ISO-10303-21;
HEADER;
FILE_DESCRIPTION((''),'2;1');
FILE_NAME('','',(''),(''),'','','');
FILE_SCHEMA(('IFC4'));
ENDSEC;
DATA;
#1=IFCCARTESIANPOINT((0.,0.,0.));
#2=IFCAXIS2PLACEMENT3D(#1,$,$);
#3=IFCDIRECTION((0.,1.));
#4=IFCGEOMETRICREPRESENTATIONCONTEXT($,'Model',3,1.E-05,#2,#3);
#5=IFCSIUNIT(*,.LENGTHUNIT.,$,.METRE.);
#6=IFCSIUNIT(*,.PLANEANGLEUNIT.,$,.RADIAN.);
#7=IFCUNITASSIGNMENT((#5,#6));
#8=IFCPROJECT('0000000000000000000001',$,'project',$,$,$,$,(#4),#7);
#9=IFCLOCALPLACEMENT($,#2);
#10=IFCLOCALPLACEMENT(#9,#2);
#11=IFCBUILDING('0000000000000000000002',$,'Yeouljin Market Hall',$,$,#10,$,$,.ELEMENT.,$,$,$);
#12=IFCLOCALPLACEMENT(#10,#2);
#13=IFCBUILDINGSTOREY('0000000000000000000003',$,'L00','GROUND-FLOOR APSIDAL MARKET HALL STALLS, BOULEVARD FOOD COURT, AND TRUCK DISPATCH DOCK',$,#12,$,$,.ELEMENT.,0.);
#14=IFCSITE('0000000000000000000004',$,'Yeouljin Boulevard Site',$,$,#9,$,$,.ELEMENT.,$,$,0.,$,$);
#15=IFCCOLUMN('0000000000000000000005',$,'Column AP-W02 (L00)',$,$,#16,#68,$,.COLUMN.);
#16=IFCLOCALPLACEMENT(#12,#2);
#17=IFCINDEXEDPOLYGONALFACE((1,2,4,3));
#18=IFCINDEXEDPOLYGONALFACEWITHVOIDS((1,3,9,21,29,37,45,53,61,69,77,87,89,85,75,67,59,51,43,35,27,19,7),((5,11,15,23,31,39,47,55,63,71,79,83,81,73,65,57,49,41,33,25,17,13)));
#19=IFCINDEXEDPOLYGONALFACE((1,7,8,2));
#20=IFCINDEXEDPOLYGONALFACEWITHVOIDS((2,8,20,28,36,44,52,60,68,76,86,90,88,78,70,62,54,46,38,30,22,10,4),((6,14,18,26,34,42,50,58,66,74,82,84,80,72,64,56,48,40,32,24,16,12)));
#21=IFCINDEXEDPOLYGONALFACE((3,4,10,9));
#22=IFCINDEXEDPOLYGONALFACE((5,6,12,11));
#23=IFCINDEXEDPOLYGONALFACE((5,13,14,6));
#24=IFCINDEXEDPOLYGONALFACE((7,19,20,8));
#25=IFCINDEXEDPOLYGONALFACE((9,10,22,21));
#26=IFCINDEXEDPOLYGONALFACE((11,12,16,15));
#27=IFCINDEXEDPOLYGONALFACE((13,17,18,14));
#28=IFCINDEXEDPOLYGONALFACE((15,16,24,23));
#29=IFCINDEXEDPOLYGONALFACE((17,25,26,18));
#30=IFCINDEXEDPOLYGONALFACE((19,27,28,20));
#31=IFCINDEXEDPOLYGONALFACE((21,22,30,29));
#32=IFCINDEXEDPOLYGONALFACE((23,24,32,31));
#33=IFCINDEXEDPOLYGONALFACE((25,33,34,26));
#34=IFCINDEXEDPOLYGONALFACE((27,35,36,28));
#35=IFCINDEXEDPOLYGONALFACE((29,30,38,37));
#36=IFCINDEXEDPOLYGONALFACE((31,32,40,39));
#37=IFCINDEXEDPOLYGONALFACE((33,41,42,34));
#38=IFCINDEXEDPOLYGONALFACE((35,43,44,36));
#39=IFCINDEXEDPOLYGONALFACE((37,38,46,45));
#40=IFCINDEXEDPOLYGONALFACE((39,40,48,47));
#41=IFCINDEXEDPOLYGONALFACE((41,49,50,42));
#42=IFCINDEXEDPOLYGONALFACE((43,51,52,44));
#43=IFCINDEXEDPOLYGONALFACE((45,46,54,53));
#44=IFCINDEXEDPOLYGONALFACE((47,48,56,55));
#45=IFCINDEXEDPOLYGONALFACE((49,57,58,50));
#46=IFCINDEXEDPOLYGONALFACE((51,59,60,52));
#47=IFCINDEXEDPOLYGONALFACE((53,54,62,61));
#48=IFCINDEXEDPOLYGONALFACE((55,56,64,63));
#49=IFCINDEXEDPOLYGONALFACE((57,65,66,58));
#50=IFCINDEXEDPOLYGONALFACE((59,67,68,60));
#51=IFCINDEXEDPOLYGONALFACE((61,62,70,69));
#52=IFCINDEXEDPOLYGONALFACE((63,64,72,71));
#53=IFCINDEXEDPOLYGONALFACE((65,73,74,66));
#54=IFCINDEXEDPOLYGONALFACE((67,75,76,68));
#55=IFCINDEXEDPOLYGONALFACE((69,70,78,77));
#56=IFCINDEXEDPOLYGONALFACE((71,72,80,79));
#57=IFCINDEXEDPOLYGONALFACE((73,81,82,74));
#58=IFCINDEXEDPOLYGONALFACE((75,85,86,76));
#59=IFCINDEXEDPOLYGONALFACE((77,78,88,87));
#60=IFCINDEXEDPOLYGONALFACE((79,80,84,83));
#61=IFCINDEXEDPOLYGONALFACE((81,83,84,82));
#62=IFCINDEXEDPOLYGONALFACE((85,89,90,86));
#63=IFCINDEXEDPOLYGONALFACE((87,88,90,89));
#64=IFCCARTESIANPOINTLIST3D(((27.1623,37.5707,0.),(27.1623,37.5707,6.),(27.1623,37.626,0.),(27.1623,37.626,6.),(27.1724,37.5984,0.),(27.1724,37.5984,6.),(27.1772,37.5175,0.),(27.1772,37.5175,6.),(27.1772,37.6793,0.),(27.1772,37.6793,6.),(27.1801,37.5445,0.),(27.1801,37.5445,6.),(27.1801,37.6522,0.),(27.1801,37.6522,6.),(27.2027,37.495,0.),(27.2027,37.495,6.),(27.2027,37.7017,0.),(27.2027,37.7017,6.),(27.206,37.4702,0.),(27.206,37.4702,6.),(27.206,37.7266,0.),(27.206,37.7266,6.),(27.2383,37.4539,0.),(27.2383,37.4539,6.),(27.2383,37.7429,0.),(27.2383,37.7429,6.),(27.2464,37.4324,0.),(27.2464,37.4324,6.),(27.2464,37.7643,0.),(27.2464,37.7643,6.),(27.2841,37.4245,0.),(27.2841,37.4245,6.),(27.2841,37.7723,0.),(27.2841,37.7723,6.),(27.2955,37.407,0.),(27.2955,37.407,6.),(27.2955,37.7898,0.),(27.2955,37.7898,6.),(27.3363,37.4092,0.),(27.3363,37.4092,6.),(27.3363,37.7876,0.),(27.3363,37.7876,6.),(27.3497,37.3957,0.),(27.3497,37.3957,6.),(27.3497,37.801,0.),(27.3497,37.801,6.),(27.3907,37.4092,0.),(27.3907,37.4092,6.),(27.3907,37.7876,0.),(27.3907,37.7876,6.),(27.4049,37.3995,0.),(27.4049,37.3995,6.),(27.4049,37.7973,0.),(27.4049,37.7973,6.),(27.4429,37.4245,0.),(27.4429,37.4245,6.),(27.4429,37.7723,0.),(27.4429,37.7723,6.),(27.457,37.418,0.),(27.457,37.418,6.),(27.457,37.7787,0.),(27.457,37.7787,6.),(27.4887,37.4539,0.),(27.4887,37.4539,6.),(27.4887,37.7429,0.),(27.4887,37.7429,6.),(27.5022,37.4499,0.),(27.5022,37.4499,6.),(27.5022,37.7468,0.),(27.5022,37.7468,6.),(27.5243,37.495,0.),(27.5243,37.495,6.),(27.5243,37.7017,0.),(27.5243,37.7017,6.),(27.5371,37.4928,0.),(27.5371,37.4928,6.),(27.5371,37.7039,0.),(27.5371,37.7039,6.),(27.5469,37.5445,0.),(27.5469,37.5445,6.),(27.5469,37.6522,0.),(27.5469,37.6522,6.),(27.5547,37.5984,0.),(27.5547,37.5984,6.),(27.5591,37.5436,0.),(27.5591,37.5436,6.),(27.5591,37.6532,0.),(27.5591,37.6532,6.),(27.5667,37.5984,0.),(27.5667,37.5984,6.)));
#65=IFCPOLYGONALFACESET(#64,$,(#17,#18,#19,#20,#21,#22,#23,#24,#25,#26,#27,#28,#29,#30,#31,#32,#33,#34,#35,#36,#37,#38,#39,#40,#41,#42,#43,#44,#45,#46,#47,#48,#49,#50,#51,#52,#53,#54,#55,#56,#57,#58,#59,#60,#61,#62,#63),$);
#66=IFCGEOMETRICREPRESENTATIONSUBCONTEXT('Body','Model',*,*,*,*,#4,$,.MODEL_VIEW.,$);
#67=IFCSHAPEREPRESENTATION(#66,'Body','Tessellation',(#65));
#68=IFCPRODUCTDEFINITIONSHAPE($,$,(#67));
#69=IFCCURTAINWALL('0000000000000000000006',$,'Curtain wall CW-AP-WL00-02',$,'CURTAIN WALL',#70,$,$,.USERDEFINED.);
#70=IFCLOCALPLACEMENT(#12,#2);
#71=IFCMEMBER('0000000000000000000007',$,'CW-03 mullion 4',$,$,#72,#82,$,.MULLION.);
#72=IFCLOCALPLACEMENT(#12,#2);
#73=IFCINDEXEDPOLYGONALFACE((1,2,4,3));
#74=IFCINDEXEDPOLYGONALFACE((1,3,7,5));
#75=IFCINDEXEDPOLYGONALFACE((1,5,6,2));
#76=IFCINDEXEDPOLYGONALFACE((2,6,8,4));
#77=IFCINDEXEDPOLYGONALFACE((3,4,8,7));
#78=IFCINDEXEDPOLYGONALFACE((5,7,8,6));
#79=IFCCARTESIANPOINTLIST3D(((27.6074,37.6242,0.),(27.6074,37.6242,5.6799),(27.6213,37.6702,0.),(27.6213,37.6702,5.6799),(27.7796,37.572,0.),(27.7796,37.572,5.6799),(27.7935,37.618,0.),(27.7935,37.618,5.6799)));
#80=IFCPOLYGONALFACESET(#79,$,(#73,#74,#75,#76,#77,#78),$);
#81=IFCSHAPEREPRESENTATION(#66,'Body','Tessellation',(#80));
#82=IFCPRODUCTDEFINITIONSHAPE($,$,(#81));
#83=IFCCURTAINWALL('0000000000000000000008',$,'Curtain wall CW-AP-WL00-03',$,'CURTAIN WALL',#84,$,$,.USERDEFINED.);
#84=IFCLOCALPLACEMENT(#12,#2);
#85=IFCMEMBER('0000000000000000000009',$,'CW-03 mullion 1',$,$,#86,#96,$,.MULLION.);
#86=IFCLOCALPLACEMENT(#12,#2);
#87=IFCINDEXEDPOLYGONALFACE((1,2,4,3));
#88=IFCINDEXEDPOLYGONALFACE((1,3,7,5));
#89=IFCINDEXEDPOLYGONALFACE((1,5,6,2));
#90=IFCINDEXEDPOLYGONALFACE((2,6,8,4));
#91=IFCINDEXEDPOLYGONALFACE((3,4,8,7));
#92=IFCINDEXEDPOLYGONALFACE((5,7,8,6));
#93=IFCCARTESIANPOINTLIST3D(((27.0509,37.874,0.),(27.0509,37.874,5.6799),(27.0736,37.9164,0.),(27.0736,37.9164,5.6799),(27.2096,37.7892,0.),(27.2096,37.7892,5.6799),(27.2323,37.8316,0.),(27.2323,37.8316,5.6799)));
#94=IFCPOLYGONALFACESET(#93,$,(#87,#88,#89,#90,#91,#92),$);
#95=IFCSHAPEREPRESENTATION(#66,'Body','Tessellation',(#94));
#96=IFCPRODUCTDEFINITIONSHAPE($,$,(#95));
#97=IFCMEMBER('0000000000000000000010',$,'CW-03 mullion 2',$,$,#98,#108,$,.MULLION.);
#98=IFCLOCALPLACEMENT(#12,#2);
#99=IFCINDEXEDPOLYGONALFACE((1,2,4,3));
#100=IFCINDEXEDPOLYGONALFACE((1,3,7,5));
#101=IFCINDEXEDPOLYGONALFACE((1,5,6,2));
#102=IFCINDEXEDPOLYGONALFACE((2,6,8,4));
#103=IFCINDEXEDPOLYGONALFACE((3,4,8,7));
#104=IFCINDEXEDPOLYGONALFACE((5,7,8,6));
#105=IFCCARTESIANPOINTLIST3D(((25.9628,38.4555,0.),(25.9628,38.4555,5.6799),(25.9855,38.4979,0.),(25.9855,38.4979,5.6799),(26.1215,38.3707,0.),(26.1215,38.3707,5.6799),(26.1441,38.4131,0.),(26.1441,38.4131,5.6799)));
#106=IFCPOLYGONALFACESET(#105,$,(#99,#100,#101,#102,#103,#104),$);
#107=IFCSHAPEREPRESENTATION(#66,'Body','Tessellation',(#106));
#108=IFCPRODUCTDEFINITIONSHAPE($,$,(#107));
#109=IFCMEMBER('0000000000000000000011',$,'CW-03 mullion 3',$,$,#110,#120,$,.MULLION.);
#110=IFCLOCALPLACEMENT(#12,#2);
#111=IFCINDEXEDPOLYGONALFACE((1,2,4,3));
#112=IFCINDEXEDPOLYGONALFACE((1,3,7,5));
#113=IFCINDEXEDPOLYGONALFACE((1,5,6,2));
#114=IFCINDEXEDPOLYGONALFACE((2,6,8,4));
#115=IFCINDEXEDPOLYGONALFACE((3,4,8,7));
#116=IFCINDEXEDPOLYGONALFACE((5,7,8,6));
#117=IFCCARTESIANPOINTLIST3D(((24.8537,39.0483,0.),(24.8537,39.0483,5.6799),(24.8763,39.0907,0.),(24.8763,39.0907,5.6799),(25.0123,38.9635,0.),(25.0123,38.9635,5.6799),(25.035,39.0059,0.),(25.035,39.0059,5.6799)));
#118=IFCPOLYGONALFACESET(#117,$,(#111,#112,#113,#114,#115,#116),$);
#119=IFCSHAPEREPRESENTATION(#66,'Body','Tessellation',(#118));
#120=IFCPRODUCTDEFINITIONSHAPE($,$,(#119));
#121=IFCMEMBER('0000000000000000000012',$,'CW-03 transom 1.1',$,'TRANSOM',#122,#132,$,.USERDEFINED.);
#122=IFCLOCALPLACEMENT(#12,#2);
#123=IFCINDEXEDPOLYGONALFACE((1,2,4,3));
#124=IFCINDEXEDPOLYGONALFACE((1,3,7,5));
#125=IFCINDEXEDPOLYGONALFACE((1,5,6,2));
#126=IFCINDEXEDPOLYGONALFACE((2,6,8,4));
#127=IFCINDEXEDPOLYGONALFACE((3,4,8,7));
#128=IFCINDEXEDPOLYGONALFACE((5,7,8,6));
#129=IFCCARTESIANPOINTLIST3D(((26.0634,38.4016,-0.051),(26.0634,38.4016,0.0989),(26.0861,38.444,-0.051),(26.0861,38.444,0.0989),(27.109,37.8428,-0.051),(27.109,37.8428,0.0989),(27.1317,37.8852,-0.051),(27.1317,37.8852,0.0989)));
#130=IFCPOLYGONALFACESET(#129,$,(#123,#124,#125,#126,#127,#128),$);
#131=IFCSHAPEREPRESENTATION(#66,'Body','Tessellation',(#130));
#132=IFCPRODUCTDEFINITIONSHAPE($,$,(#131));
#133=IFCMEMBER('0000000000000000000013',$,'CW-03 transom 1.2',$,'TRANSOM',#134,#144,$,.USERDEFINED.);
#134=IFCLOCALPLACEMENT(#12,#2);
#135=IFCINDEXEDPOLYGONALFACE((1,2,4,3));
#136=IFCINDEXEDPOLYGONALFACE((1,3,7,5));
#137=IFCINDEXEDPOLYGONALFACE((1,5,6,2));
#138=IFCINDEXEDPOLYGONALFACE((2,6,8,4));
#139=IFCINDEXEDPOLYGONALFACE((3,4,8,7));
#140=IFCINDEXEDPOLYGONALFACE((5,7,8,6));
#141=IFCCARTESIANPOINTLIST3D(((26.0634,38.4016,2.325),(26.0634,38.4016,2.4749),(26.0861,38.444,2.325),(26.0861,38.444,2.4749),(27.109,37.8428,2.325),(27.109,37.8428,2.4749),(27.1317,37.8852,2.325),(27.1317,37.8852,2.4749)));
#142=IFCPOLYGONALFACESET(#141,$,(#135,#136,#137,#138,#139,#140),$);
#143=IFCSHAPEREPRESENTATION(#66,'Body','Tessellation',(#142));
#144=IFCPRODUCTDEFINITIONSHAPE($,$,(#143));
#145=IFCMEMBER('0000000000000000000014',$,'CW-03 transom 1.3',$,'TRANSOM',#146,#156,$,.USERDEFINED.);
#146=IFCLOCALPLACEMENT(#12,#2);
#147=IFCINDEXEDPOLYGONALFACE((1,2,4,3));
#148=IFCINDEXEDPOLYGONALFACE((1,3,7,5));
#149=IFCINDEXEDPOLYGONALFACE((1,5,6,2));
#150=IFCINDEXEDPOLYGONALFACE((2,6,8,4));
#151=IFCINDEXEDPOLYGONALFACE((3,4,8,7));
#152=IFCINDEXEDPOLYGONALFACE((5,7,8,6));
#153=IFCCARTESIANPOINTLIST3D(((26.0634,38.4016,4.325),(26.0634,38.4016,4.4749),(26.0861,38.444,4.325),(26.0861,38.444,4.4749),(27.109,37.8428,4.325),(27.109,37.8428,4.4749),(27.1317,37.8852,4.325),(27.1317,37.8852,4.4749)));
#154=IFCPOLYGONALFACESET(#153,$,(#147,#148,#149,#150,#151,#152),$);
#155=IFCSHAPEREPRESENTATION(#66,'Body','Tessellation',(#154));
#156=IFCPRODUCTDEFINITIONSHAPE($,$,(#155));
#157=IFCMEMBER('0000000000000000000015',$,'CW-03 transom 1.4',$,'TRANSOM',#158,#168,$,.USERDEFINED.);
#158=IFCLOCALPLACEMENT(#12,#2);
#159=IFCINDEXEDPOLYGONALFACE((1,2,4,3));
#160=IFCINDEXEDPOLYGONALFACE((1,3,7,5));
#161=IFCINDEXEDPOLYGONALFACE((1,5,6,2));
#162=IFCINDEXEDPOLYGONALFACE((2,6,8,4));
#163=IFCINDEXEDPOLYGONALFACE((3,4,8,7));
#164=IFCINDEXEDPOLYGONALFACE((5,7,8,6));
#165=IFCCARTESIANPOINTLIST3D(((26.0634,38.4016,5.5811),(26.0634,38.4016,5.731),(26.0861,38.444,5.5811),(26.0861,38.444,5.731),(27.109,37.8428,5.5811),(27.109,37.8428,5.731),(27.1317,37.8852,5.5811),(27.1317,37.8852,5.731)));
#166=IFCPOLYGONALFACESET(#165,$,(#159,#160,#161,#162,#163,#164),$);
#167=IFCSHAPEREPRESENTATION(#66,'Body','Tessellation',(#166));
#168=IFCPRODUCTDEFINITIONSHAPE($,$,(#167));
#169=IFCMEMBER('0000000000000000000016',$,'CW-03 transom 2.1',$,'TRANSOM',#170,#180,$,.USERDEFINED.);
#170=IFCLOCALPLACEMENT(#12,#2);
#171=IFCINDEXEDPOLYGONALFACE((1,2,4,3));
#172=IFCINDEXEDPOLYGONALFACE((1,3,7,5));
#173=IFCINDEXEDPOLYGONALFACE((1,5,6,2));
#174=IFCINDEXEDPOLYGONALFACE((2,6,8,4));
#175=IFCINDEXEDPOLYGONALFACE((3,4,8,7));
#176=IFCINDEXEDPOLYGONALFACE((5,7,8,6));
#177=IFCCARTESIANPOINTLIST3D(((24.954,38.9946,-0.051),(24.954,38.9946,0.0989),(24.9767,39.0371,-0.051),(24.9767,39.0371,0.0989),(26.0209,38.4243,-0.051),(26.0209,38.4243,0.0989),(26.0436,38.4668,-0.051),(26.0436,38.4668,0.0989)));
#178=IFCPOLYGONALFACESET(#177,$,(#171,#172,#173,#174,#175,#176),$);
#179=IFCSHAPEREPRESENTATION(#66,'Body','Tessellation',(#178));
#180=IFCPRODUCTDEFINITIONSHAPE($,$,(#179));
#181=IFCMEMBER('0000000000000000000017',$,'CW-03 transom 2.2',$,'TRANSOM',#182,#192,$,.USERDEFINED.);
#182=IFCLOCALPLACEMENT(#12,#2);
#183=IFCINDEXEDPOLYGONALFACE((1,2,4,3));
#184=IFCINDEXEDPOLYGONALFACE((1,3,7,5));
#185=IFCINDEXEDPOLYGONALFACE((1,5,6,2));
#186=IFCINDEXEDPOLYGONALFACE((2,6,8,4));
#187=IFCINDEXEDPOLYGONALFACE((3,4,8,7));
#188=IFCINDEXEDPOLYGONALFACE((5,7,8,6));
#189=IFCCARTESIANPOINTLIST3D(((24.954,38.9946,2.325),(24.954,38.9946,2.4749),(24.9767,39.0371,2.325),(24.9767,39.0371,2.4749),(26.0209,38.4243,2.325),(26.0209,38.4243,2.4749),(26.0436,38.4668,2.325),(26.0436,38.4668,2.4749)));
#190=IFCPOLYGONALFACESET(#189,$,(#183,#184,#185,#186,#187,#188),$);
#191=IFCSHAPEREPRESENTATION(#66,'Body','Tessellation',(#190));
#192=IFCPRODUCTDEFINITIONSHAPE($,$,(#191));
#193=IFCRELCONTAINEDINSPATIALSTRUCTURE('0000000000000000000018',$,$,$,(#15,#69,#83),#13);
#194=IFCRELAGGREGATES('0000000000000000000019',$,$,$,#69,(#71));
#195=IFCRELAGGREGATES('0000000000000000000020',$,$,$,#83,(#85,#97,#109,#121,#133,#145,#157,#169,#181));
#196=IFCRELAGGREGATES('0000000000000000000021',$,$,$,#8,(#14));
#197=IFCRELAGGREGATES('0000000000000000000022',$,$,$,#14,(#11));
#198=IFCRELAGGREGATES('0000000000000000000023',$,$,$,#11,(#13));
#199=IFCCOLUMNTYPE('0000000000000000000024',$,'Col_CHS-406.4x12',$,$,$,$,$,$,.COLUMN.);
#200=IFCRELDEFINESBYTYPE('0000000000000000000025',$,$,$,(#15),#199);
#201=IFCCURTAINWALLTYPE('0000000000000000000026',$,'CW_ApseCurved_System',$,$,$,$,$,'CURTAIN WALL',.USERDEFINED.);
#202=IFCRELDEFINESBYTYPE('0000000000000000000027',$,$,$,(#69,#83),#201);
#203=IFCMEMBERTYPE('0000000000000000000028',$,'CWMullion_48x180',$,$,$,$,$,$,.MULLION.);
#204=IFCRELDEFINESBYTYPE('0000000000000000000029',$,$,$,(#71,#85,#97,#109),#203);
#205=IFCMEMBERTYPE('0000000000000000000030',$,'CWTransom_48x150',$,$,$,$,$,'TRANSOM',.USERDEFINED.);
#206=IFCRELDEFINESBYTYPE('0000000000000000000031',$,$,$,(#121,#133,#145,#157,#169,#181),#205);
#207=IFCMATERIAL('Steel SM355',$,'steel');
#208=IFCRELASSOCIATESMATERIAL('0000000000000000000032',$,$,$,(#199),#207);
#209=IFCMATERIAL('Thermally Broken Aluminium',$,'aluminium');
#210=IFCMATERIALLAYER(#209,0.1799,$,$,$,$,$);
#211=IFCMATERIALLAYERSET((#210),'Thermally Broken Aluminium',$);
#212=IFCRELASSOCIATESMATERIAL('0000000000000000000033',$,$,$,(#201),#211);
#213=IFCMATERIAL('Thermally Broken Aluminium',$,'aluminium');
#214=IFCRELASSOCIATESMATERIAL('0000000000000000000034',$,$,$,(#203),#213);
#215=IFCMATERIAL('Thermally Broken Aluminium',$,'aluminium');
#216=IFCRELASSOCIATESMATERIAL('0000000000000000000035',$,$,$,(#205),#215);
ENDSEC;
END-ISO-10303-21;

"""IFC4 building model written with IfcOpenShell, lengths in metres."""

from ifc_helpers import new_model, si_unit, direction, frame, origin, origin_2d, place, context, subcontext, project, spatial, rectangle, hollow_circle, extrude, material, layer, layer_set, material_profile, profile_set, type_object, element, aggregate, save


model = new_model("IFC4")

# Units and contexts
model_context = context("Model", 3, precision=1e-05, world=origin(), true_north=direction((0.0, 1.0)))
body_context = subcontext(model_context, "Body", "Model", "MODEL_VIEW")
ifc_project = project(units=[si_unit("LENGTHUNIT", "METRE"), si_unit("PLANEANGLEUNIT", "RADIAN")], contexts=[model_context])

# Site, building, storey
site_placement = place(None, origin())
site = spatial("IfcSite", under=ifc_project, at=site_placement, Name="Yeouljin Boulevard Site", CompositionType="ELEMENT", RefElevation=0.0)
building_placement = place(site_placement, origin())
building = spatial("IfcBuilding", under=site, at=building_placement, Name="Yeouljin Market Hall", CompositionType="ELEMENT")
storey_placement = place(building_placement, origin())
storey = spatial("IfcBuildingStorey", under=building, at=storey_placement, Name="L00", Description="GROUND-FLOOR APSIDAL MARKET HALL STALLS, BOULEVARD FOOD COURT, AND TRUCK DISPATCH DOCK", CompositionType="ELEMENT", Elevation=0.0)

# Column
ifc_material_1 = material(Name="Steel SM355", Category="steel")
ifc_material_profile_1 = material_profile(ifc_material_1, hollow_circle(Radius=0.2031, WallThickness=0.012, at=origin_2d()), Name="CHS-406.4x12")
ifc_profile_set_1 = profile_set([ifc_material_profile_1], Name="Steel SM355")
column_type = type_object("IfcColumnType", Name="Col_CHS-406.4x12", PredefinedType="COLUMN", material=ifc_profile_set_1)
column_placement = place(storey_placement, frame((27.3635, 37.5984, 0.0), z_axis=(0.0, 0.0, 1.0), x_axis=(1.0, 0.0, 0.0)))
element("IfcColumn", 1, at=column_placement, inside=storey, type_object=column_type, Name="Column AP-W02 (L00)", PredefinedType="COLUMN", context=body_context, shape_type="SweptSolid", body=[
    extrude(hollow_circle(Radius=0.2031, WallThickness=0.012, at=origin_2d()), origin(), (0.0, 0.0, 1.0), 6.0),
])

# Curtain wall, member
ifc_material_2 = material(Name="Thermally Broken Aluminium", Category="aluminium")
ifc_layer_1 = layer(ifc_material_2, 0.1799)
ifc_layer_set_1 = layer_set([ifc_layer_1], Name="Thermally Broken Aluminium")
curtain_wall_type = type_object("IfcCurtainWallType", Name="CW_ApseCurved_System", ElementType="CURTAIN WALL", PredefinedType="USERDEFINED", material=ifc_layer_set_1)
curtain_wall_1_placement = place(storey_placement, origin())
curtain_wall_1 = element("IfcCurtainWall", 2, at=curtain_wall_1_placement, inside=storey, type_object=curtain_wall_type, Name="Curtain wall CW-AP-WL00-02", ObjectType="CURTAIN WALL", PredefinedType="USERDEFINED")
ifc_material_3 = material(Name="Thermally Broken Aluminium", Category="aluminium")
ifc_material_profile_2 = material_profile(ifc_material_3, rectangle(XDim=0.0481, YDim=0.1799, at=origin_2d()), Name="CW-MULL-48x180")
ifc_profile_set_2 = profile_set([ifc_material_profile_2], Name="Thermally Broken Aluminium")
member_type_1 = type_object("IfcMemberType", Name="CWMullion_48x180", PredefinedType="MULLION", material=ifc_profile_set_2)
member_1_placement = place(storey_placement, frame((27.7004, 37.6211, 0.0), z_axis=(0.0, 0.0, 1.0), x_axis=(-0.290286, -0.95694, 0.0)))
member_1 = element("IfcMember", 3, at=member_1_placement, type_object=member_type_1, Name="CW-03 mullion 4", PredefinedType="MULLION", context=body_context, shape_type="SweptSolid", body=[
    extrude(rectangle(XDim=0.0481, YDim=0.1799, at=origin_2d()), origin(), (0.0, 0.0, 1.0), 5.6799),
])

# Curtain wall, members
curtain_wall_2_placement = place(storey_placement, origin())
curtain_wall_2 = element("IfcCurtainWall", 4, at=curtain_wall_2_placement, inside=storey, type_object=curtain_wall_type, Name="Curtain wall CW-AP-WL00-03", ObjectType="CURTAIN WALL", PredefinedType="USERDEFINED")
member_2_placement = place(storey_placement, frame((27.1416, 37.8528, 0.0), z_axis=(0.0, 0.0, 1.0), x_axis=(-0.471378, -0.881931, 0.0)))
member_2 = element("IfcMember", 5, at=member_2_placement, type_object=member_type_1, Name="CW-03 mullion 1", PredefinedType="MULLION", context=body_context, shape_type="SweptSolid", body=[
    extrude(rectangle(XDim=0.0481, YDim=0.1799, at=origin_2d()), origin(), (0.0, 0.0, 1.0), 5.6799),
])
member_3_placement = place(storey_placement, frame((26.0535, 38.4343, 0.0), z_axis=(0.0, 0.0, 1.0), x_axis=(-0.471378, -0.881931, 0.0)))
member_3 = element("IfcMember", 6, at=member_3_placement, type_object=member_type_1, Name="CW-03 mullion 2", PredefinedType="MULLION", context=body_context, shape_type="SweptSolid", body=[
    extrude(rectangle(XDim=0.0481, YDim=0.1799, at=origin_2d()), origin(), (0.0, 0.0, 1.0), 5.6799),
])
member_4_placement = place(storey_placement, frame((24.9443, 39.0271, 0.0), z_axis=(0.0, 0.0, 1.0), x_axis=(-0.471378, -0.881931, 0.0)))
member_4 = element("IfcMember", 7, at=member_4_placement, type_object=member_type_1, Name="CW-03 mullion 3", PredefinedType="MULLION", context=body_context, shape_type="SweptSolid", body=[
    extrude(rectangle(XDim=0.0481, YDim=0.1799, at=origin_2d()), origin(), (0.0, 0.0, 1.0), 5.6799),
])
ifc_material_4 = material(Name="Thermally Broken Aluminium", Category="aluminium")
ifc_material_profile_3 = material_profile(ifc_material_4, rectangle(XDim=0.0481, YDim=0.1499, at=origin_2d()), Name="CW-TRAN-48x150")
ifc_profile_set_3 = profile_set([ifc_material_profile_3], Name="Thermally Broken Aluminium")
member_type_2 = type_object("IfcMemberType", Name="CWTransom_48x150", ElementType="TRANSOM", PredefinedType="USERDEFINED", material=ifc_profile_set_3)
member_5_placement = place(storey_placement, frame((27.1204, 37.864, 0.0239), z_axis=(-0.881948, 0.471347, 0.0), x_axis=(-0.471347, -0.881948, 0.0)))
member_5 = element("IfcMember", 8, at=member_5_placement, type_object=member_type_2, Name="CW-03 transom 1.1", ObjectType="TRANSOM", PredefinedType="USERDEFINED", context=body_context, shape_type="SweptSolid", body=[
    extrude(rectangle(XDim=0.0481, YDim=0.1499, at=origin_2d()), origin(), (0.0, 0.0, 1.0), 1.1855),
])
member_6_placement = place(storey_placement, frame((27.1204, 37.864, 2.3999), z_axis=(-0.881948, 0.471347, 0.0), x_axis=(-0.471347, -0.881948, 0.0)))
member_6 = element("IfcMember", 9, at=member_6_placement, type_object=member_type_2, Name="CW-03 transom 1.2", ObjectType="TRANSOM", PredefinedType="USERDEFINED", context=body_context, shape_type="SweptSolid", body=[
    extrude(rectangle(XDim=0.0481, YDim=0.1499, at=origin_2d()), origin(), (0.0, 0.0, 1.0), 1.1855),
])
member_7_placement = place(storey_placement, frame((27.1204, 37.864, 4.3999), z_axis=(-0.881948, 0.471347, 0.0), x_axis=(-0.471347, -0.881948, 0.0)))
member_7 = element("IfcMember", 10, at=member_7_placement, type_object=member_type_2, Name="CW-03 transom 1.3", ObjectType="TRANSOM", PredefinedType="USERDEFINED", context=body_context, shape_type="SweptSolid", body=[
    extrude(rectangle(XDim=0.0481, YDim=0.1499, at=origin_2d()), origin(), (0.0, 0.0, 1.0), 1.1855),
])
member_8_placement = place(storey_placement, frame((27.1204, 37.864, 5.656), z_axis=(-0.881948, 0.471347, 0.0), x_axis=(-0.471347, -0.881948, 0.0)))
member_8 = element("IfcMember", 11, at=member_8_placement, type_object=member_type_2, Name="CW-03 transom 1.4", ObjectType="TRANSOM", PredefinedType="USERDEFINED", context=body_context, shape_type="SweptSolid", body=[
    extrude(rectangle(XDim=0.0481, YDim=0.1499, at=origin_2d()), origin(), (0.0, 0.0, 1.0), 1.1855),
])
member_9_placement = place(storey_placement, frame((26.0322, 38.4456, 0.0239), z_axis=(-0.881906, 0.471426, 0.0), x_axis=(-0.471426, -0.881906, 0.0)))
member_9 = element("IfcMember", 12, at=member_9_placement, type_object=member_type_2, Name="CW-03 transom 2.1", ObjectType="TRANSOM", PredefinedType="USERDEFINED", context=body_context, shape_type="SweptSolid", body=[
    extrude(rectangle(XDim=0.0481, YDim=0.1499, at=origin_2d()), origin(), (0.0, 0.0, 1.0), 1.2097),
])
member_10_placement = place(storey_placement, frame((26.0322, 38.4456, 2.3999), z_axis=(-0.881906, 0.471426, 0.0), x_axis=(-0.471426, -0.881906, 0.0)))
member_10 = element("IfcMember", 13, at=member_10_placement, type_object=member_type_2, Name="CW-03 transom 2.2", ObjectType="TRANSOM", PredefinedType="USERDEFINED", context=body_context, shape_type="SweptSolid", body=[
    extrude(rectangle(XDim=0.0481, YDim=0.1499, at=origin_2d()), origin(), (0.0, 0.0, 1.0), 1.2097),
])

aggregate(curtain_wall_1, [member_1])
aggregate(curtain_wall_2, [member_2, member_3, member_4, member_5, member_6, member_7, member_8, member_9, member_10])

save(model, "model.ifc")
